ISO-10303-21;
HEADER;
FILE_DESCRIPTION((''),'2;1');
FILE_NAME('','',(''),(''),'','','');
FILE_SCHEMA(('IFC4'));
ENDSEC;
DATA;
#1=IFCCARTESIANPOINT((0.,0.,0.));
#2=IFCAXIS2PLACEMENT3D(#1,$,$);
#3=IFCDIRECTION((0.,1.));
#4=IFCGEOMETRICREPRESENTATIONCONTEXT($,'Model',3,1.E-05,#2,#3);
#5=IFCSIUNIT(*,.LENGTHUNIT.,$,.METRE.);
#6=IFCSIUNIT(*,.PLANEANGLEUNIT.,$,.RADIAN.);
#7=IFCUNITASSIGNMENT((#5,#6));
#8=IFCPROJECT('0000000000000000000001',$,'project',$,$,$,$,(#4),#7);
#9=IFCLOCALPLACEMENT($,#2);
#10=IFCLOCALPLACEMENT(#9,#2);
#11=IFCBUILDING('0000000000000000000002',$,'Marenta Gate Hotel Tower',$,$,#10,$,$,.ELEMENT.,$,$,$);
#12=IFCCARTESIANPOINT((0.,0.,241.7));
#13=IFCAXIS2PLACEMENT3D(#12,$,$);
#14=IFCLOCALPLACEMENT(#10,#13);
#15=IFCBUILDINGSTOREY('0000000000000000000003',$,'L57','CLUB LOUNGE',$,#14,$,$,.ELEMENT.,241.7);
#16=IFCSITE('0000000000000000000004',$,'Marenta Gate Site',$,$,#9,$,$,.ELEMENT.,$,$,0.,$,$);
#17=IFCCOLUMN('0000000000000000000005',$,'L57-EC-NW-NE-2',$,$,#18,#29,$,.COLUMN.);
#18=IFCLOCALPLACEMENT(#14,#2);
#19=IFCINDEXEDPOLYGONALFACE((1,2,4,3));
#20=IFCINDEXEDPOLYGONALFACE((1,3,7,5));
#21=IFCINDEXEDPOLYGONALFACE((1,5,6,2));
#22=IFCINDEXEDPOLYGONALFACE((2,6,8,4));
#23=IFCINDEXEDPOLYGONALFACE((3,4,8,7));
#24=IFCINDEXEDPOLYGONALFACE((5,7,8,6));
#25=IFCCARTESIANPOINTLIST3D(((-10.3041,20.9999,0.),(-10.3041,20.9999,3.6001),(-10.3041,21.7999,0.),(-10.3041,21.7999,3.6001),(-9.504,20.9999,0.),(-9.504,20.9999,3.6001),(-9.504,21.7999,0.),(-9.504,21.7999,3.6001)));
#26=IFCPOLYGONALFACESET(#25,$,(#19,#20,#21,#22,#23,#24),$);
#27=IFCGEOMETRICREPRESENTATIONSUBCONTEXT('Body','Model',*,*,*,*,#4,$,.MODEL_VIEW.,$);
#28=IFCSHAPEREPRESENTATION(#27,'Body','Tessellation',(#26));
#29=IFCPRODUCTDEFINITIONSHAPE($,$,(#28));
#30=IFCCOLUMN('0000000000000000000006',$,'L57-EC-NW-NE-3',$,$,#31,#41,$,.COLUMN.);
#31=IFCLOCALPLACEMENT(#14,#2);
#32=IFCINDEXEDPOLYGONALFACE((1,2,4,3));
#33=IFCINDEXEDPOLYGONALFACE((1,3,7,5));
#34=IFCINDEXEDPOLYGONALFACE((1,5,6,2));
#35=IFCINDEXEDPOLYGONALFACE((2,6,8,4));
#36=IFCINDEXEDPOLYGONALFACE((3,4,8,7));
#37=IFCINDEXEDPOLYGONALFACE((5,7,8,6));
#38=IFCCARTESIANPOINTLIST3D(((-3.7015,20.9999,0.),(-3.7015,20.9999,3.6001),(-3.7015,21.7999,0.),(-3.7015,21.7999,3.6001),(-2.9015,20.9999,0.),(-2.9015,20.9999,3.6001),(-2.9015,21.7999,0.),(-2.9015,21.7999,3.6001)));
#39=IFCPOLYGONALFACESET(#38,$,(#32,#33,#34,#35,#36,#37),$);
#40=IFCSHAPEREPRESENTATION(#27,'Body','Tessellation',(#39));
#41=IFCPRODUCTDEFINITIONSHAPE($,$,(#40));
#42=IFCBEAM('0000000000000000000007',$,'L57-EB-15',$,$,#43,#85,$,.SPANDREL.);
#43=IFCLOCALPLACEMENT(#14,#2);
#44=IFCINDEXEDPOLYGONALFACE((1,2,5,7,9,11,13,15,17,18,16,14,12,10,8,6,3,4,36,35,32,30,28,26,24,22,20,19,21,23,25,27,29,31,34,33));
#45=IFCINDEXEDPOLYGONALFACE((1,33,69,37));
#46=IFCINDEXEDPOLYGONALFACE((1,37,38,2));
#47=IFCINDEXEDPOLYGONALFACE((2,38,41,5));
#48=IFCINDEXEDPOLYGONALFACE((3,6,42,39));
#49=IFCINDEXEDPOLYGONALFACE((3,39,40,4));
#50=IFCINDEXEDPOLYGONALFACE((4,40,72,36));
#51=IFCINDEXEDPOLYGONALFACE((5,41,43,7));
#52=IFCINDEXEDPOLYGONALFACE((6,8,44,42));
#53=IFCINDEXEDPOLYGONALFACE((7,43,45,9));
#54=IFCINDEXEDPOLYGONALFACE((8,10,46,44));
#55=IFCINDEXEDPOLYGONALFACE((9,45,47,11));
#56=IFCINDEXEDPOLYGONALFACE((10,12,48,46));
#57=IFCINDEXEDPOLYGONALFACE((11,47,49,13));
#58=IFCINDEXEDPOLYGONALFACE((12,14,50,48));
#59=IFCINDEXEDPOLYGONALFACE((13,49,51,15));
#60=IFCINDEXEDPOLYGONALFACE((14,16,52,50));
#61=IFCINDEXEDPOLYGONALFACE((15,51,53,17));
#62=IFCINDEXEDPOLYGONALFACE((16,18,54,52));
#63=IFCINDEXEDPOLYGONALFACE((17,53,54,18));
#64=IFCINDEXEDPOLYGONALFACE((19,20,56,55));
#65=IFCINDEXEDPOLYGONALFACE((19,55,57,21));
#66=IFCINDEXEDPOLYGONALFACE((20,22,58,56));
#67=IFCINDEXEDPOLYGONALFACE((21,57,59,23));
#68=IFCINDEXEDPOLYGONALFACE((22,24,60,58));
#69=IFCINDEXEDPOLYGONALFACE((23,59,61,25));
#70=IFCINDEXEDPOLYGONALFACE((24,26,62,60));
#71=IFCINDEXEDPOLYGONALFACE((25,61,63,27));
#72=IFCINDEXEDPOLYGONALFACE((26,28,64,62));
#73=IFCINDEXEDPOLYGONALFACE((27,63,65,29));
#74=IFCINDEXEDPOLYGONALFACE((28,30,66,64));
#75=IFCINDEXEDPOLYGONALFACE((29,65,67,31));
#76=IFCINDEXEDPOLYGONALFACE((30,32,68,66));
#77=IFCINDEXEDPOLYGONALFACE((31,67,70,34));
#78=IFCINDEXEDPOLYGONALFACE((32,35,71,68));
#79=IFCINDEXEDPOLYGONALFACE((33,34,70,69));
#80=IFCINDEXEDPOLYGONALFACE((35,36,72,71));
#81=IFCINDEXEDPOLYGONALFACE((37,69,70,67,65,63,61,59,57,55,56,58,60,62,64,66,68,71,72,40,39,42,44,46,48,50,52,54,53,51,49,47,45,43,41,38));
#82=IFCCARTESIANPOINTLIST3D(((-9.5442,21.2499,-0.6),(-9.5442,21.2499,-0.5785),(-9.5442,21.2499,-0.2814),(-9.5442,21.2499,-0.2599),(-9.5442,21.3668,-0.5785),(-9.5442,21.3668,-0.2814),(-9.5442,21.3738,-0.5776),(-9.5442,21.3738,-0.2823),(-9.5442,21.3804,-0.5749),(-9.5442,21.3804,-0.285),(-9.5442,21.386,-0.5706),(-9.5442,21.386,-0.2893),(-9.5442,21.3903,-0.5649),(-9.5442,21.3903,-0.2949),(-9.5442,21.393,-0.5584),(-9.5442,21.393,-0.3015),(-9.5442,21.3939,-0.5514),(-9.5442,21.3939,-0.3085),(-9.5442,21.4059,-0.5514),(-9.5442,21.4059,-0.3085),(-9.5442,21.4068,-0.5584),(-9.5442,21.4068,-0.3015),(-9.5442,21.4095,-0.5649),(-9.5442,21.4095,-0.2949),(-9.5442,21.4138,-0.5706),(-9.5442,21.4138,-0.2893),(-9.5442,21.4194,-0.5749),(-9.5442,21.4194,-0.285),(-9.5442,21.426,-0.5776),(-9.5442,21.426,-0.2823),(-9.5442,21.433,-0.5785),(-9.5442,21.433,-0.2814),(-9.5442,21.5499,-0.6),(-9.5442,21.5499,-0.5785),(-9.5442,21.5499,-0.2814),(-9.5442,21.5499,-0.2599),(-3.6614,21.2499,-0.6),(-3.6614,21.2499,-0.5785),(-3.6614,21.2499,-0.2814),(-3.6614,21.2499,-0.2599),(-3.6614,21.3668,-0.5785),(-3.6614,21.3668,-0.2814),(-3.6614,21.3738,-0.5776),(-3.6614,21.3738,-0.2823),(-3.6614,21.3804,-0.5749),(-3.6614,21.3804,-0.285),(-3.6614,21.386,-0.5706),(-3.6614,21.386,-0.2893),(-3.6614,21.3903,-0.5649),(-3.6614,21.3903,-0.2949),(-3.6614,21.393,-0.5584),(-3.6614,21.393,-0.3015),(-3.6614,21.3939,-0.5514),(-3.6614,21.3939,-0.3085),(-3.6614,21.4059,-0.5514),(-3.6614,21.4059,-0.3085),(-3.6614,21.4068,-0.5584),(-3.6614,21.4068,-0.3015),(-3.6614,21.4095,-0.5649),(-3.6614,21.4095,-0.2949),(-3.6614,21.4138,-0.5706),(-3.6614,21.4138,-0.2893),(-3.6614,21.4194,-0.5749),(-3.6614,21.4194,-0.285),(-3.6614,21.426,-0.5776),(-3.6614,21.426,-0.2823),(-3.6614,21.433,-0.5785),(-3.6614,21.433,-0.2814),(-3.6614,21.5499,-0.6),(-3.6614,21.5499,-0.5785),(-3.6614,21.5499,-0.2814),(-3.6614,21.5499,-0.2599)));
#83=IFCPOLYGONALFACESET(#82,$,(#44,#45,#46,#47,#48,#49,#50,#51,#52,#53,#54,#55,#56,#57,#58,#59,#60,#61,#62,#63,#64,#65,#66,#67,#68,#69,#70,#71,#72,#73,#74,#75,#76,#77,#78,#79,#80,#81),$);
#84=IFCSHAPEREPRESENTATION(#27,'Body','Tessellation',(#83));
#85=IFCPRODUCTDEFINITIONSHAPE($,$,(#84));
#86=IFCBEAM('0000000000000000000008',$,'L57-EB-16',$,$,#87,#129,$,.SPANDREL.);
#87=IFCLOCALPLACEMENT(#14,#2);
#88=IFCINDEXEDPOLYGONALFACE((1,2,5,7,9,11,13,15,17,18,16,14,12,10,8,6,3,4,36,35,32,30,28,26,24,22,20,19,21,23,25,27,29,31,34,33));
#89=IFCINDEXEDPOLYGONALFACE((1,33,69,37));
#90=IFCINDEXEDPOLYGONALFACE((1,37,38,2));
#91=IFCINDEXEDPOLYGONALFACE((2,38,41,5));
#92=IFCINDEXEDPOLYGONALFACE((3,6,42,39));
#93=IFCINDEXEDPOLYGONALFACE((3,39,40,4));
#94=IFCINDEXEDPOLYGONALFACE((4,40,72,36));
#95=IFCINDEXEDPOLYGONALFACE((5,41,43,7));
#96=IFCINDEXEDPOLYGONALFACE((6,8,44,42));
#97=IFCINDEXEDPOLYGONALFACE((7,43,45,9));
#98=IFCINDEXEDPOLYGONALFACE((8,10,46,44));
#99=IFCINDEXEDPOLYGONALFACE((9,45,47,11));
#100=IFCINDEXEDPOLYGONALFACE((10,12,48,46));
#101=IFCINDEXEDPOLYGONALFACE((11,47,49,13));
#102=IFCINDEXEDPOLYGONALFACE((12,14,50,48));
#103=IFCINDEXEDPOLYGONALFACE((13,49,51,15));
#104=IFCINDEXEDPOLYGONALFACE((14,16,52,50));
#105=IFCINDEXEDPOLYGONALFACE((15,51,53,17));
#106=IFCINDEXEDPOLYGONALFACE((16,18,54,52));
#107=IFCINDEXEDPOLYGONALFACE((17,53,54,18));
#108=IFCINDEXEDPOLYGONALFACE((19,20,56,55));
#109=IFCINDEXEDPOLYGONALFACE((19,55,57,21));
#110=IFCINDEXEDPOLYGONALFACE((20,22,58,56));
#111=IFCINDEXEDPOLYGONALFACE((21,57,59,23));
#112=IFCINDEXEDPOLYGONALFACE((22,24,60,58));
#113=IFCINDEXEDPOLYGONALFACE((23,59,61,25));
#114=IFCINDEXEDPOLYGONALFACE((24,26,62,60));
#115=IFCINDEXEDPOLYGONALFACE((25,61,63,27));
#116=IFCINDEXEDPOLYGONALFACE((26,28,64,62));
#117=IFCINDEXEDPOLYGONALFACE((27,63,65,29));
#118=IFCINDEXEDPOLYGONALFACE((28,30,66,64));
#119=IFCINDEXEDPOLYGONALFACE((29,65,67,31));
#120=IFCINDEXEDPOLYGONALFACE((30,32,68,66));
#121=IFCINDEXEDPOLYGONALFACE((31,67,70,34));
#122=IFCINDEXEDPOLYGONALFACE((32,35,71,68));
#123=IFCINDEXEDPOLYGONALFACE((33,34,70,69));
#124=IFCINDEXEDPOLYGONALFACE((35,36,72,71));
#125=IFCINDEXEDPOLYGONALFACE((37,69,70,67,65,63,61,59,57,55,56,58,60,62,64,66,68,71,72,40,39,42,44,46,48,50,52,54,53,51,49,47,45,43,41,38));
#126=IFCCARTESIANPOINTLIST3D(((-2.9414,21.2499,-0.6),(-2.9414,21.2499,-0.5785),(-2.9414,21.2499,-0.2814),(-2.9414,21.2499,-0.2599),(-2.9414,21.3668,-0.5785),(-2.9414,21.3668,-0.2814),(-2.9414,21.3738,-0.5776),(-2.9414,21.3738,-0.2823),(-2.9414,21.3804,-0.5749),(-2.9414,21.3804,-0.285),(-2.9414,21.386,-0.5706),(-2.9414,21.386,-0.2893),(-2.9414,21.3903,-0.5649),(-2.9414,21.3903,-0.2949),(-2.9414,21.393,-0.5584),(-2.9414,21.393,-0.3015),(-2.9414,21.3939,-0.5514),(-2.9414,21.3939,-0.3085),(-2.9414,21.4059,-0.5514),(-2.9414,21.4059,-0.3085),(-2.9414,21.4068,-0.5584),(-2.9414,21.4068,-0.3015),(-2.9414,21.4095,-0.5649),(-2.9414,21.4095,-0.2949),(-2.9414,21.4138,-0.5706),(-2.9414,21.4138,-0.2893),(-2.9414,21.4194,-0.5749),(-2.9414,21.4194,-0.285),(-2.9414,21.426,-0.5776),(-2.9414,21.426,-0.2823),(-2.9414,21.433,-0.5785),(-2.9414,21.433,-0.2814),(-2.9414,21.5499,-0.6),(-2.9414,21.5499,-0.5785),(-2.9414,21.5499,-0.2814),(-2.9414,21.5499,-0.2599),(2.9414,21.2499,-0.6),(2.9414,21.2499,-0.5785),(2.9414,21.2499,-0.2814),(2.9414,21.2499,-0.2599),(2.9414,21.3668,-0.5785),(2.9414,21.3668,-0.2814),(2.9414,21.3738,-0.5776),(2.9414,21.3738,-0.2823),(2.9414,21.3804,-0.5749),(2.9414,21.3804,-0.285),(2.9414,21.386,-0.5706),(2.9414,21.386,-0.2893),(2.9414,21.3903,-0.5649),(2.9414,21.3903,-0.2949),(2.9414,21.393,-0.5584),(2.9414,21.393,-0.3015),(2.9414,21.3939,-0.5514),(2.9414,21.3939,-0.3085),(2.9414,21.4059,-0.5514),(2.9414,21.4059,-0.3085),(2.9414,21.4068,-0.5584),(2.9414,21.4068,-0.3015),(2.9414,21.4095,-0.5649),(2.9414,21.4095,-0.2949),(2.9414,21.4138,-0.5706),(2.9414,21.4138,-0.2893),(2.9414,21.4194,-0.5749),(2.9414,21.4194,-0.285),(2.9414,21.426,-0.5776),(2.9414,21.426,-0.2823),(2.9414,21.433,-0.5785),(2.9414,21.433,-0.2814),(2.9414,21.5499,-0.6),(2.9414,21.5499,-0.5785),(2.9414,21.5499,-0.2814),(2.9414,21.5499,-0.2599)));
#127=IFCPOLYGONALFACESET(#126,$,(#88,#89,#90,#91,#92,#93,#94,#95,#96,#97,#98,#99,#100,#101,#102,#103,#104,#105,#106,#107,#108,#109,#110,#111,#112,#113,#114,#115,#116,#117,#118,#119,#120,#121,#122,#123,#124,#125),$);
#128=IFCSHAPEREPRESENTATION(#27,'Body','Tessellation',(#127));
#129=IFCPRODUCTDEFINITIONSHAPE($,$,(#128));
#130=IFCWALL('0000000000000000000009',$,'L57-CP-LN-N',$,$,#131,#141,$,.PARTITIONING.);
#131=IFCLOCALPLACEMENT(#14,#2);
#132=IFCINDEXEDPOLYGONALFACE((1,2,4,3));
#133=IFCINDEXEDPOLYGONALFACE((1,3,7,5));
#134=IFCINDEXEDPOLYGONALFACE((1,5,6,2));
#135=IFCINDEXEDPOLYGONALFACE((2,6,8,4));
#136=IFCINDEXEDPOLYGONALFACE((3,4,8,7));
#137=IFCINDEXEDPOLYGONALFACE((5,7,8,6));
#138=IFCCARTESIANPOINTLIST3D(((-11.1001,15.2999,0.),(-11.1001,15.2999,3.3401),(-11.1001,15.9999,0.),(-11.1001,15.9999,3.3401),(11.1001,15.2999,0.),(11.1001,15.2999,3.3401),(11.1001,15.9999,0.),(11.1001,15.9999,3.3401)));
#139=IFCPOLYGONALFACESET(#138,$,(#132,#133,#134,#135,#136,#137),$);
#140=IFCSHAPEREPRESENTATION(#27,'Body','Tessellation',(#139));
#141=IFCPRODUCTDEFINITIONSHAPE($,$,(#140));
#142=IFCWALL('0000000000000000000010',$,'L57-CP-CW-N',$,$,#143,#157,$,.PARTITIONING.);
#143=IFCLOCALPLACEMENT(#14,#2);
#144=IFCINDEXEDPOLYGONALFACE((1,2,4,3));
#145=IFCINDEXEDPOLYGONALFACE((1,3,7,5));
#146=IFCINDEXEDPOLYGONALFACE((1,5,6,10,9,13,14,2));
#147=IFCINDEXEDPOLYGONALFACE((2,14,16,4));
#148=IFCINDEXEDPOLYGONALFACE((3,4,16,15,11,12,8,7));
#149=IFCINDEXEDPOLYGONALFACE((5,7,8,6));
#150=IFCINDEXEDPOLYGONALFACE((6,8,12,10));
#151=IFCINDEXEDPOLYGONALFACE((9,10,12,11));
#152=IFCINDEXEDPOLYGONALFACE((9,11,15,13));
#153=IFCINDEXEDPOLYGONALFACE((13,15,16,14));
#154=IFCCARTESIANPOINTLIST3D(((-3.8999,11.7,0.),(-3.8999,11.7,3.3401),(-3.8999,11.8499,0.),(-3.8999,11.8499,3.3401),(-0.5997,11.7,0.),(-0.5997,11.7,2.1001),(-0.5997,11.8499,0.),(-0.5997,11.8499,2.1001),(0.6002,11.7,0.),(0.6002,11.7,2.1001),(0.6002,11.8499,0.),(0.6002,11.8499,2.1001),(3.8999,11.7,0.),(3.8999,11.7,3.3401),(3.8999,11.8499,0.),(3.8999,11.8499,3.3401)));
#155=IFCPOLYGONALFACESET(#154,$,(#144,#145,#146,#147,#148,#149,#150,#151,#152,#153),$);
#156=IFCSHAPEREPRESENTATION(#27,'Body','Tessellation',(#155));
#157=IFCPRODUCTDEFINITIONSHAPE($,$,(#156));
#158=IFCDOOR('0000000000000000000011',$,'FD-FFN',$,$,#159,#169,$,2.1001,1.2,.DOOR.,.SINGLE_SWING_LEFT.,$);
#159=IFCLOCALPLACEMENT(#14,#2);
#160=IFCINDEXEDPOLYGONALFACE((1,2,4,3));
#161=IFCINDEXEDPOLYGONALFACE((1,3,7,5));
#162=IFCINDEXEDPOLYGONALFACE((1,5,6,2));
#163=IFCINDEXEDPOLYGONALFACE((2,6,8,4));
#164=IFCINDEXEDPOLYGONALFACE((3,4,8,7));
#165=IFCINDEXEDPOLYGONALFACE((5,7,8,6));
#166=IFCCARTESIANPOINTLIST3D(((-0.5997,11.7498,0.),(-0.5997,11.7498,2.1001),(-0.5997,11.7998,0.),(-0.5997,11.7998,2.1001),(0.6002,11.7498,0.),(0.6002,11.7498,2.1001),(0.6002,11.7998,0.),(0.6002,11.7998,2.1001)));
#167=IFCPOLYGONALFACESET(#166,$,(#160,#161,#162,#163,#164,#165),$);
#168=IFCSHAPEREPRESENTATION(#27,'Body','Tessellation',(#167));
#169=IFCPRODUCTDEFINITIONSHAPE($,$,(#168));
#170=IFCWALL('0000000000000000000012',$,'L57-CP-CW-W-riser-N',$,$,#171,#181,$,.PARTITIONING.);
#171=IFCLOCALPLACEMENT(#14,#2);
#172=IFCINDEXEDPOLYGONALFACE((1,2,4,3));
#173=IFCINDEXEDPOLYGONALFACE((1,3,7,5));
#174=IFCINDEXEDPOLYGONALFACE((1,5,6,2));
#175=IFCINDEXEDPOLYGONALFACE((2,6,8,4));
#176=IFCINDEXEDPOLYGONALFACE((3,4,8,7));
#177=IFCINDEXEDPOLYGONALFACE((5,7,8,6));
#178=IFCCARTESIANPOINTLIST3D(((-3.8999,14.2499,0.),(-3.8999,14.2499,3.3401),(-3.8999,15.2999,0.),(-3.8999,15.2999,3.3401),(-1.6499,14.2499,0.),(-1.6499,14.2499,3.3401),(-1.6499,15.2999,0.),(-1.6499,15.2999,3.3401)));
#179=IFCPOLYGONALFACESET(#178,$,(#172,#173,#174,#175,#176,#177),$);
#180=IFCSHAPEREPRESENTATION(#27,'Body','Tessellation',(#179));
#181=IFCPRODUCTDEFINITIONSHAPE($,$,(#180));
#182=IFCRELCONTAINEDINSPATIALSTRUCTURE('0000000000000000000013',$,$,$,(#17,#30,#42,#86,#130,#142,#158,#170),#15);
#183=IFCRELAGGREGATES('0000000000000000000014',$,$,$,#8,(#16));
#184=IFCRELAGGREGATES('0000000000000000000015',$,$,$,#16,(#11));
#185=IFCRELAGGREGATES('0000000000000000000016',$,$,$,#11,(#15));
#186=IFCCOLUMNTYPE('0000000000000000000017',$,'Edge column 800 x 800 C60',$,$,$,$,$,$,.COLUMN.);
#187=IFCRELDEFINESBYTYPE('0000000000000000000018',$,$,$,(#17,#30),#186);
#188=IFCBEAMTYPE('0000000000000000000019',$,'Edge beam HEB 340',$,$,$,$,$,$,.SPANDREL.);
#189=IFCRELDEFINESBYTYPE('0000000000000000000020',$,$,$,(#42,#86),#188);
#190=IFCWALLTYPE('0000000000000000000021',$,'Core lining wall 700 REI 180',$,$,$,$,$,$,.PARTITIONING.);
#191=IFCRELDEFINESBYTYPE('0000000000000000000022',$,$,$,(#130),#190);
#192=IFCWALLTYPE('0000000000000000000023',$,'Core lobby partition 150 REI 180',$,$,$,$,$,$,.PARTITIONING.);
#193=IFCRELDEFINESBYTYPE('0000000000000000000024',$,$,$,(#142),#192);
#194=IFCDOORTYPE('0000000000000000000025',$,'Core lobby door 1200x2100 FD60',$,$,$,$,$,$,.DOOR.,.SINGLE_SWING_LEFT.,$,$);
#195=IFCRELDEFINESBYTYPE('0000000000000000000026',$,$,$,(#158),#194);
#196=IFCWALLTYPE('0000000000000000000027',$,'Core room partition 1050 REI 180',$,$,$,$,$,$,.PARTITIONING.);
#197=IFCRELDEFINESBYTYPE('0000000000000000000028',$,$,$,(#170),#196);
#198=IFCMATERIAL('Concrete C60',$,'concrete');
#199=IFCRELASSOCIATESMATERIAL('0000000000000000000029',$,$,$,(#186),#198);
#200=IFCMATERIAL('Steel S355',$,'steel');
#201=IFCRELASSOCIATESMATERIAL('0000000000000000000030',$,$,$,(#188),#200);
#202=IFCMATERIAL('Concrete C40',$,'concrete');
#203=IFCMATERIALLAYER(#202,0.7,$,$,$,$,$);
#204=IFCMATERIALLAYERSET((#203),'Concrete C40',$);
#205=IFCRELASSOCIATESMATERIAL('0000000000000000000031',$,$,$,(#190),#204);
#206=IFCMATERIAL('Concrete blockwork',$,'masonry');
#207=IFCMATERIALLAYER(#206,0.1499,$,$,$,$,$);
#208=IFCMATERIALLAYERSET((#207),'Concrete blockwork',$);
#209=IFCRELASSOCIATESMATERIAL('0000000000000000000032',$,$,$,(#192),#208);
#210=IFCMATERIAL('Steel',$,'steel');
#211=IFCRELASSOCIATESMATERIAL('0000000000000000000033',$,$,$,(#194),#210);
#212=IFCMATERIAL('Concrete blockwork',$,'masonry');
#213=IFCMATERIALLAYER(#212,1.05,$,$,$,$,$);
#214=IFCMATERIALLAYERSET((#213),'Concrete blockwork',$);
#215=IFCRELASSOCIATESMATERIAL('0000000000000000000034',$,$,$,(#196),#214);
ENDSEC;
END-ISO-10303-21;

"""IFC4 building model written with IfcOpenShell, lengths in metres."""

from ifc_helpers import new_model, si_unit, direction, frame, frame_2d, origin, origin_2d, place, context, subcontext, project, spatial, rectangle, i_section, extrude, material, layer, layer_set, material_profile, profile_set, type_object, element, fill, save


model = new_model("IFC4")

# Units and contexts
model_context = context("Model", 3, precision=1e-05, world=origin(), true_north=direction((0.0, 1.0)))
body_context = subcontext(model_context, "Body", "Model", "MODEL_VIEW")
ifc_project = project(units=[si_unit("LENGTHUNIT", "METRE"), si_unit("PLANEANGLEUNIT", "RADIAN")], contexts=[model_context])

# Site, building, storey
site_placement = place(None, origin())
site = spatial("IfcSite", under=ifc_project, at=site_placement, Name="Marenta Gate Site", CompositionType="ELEMENT", RefElevation=0.0)
building_placement = place(site_placement, origin())
building = spatial("IfcBuilding", under=site, at=building_placement, Name="Marenta Gate Hotel Tower", CompositionType="ELEMENT")
storey_placement = place(building_placement, frame((0.0, 0.0, 241.7)))
storey = spatial("IfcBuildingStorey", under=building, at=storey_placement, Name="L57", Description="CLUB LOUNGE", CompositionType="ELEMENT", Elevation=241.7)

# Columns
ifc_material_1 = material(Name="Concrete C60", Category="concrete")
ifc_material_profile_1 = material_profile(ifc_material_1, rectangle(XDim=0.8, YDim=0.8, at=origin_2d()), Name="800 x 800")
ifc_profile_set_1 = profile_set([ifc_material_profile_1], Name="Concrete C60")
column_type = type_object("IfcColumnType", Name="Edge column 800 x 800 C60", PredefinedType="COLUMN", material=ifc_profile_set_1)
for number, where, z_axis, x_axis, name in (
    (1, (-9.9041, 21.3999, 0.0), (0.0, 0.0, 1.0), (1.0, 0.0, 0.0), "L57-EC-NW-NE-2"),
    (2, (-3.3015, 21.3999, 0.0), (0.0, 0.0, 1.0), (1.0, 0.0, 0.0), "L57-EC-NW-NE-3"),
):
    element("IfcColumn", number, at=place(storey_placement, frame(where, z_axis=z_axis, x_axis=x_axis)), inside=storey, type_object=column_type, Name=name, PredefinedType="COLUMN", context=body_context, shape_type="SweptSolid", body=[
        extrude(rectangle(XDim=0.8, YDim=0.8, at=origin_2d()), origin(), (0.0, 0.0, 1.0), 3.6001),
    ])

# Beams
ifc_material_2 = material(Name="Steel S355", Category="steel")
ifc_material_profile_2 = material_profile(ifc_material_2, i_section(OverallWidth=0.3, OverallDepth=0.3401, WebThickness=0.012, FlangeThickness=0.0215, FilletRadius=0.0271, at=origin_2d()), Name="HEB 340")
ifc_profile_set_2 = profile_set([ifc_material_profile_2], Name="Steel S355")
beam_type = type_object("IfcBeamType", Name="Edge beam HEB 340", PredefinedType="SPANDREL", material=ifc_profile_set_2)
for number, where, z_axis, x_axis, name in (
    (3, (-9.5442, 21.3999, -0.4299), (1.0, 0.0, 0.0), (0.0, 1.0, 0.0), "L57-EB-15"),
    (4, (-2.9414, 21.3999, -0.4299), (1.0, 0.0, 0.0), (0.0, 1.0, 0.0), "L57-EB-16"),
):
    element("IfcBeam", number, at=place(storey_placement, frame(where, z_axis=z_axis, x_axis=x_axis)), inside=storey, type_object=beam_type, Name=name, PredefinedType="SPANDREL", context=body_context, shape_type="SweptSolid", body=[
        extrude(i_section(OverallWidth=0.3, OverallDepth=0.3401, WebThickness=0.012, FlangeThickness=0.0215, FilletRadius=0.0271, at=origin_2d()), origin(), (0.0, 0.0, 1.0), 5.8828),
    ])

# Wall
ifc_material_3 = material(Name="Concrete C40", Category="concrete")
ifc_layer_1 = layer(ifc_material_3, 0.7)
ifc_layer_set_1 = layer_set([ifc_layer_1], Name="Concrete C40")
wall_type_1 = type_object("IfcWallType", Name="Core lining wall 700 REI 180", PredefinedType="PARTITIONING", material=ifc_layer_set_1)
wall_1_placement = place(storey_placement, frame((-11.1001, 15.6499, 0.0), z_axis=(0.0, 0.0, 1.0), x_axis=(1.0, 0.0, 0.0)))
element("IfcWall", 5, at=wall_1_placement, inside=storey, type_object=wall_type_1, Name="L57-CP-LN-N", PredefinedType="PARTITIONING", context=body_context, shape_type="SweptSolid", body=[
    extrude(rectangle(XDim=22.2002, YDim=0.7, at=frame_2d((11.1001, 0.0))), origin(), (0.0, 0.0, 1.0), 3.3401),
])

# Wall, opening, door
ifc_material_4 = material(Name="Concrete blockwork", Category="masonry")
ifc_layer_2 = layer(ifc_material_4, 0.1499)
ifc_layer_set_2 = layer_set([ifc_layer_2], Name="Concrete blockwork")
wall_type_2 = type_object("IfcWallType", Name="Core lobby partition 150 REI 180", PredefinedType="PARTITIONING", material=ifc_layer_set_2)
wall_2_placement = place(storey_placement, frame((-3.8999, 11.7749, 0.0), z_axis=(0.0, 0.0, 1.0), x_axis=(1.0, 0.0, 0.0)))
wall_2 = element("IfcWall", 6, at=wall_2_placement, inside=storey, type_object=wall_type_2, Name="L57-CP-CW-N", PredefinedType="PARTITIONING", context=body_context, shape_type="SweptSolid", body=[
    extrude(rectangle(XDim=7.7998, YDim=0.1499, at=frame_2d((3.8999, 0.0))), origin(), (0.0, 0.0, 1.0), 3.3401),
])
opening_1_placement = place(wall_2_placement, frame((3.3, 0.0, 0.0)))
opening_1 = element("IfcOpeningElement", 7, at=opening_1_placement, cuts=wall_2, PredefinedType="OPENING", context=body_context, shape_type="SweptSolid", body=[
    extrude(rectangle(XDim=1.2, YDim=2.1001, at=frame_2d((0.6001, 1.05))), frame((0.0, 0.075, 0.0), z_axis=(0.0, -1.0, 0.0), x_axis=(1.0, 0.0, 0.0)), (0.0, 0.0, 1.0), 0.1499),
])
ifc_material_5 = material(Name="Steel", Category="steel")
door_type_1 = type_object("IfcDoorType", Name="Core lobby door 1200x2100 FD60", OperationType="SINGLE_SWING_LEFT", PredefinedType="DOOR", material=ifc_material_5)
door_1_placement = place(opening_1_placement, origin())
door_1 = element("IfcDoor", 8, at=door_1_placement, inside=storey, type_object=door_type_1, Name="FD-FFN", OperationType="SINGLE_SWING_LEFT", OverallHeight=2.1001, OverallWidth=1.2, PredefinedType="DOOR", context=body_context, shape_type="SweptSolid", body=[
    extrude(rectangle(XDim=1.2, YDim=2.1001, at=frame_2d((0.6001, 1.05))), frame((0.0, 0.0249, 0.0), z_axis=(0.0, -1.0, 0.0), x_axis=(1.0, 0.0, 0.0)), (0.0, 0.0, 1.0), 0.05),
])
fill(opening_1, door_1)

# Wall
ifc_material_6 = material(Name="Concrete blockwork", Category="masonry")
ifc_layer_3 = layer(ifc_material_6, 1.05)
ifc_layer_set_3 = layer_set([ifc_layer_3], Name="Concrete blockwork")
wall_type_3 = type_object("IfcWallType", Name="Core room partition 1050 REI 180", PredefinedType="PARTITIONING", material=ifc_layer_set_3)
wall_3_placement = place(storey_placement, frame((-3.8999, 14.7749, 0.0), z_axis=(0.0, 0.0, 1.0), x_axis=(1.0, 0.0, 0.0)))
element("IfcWall", 9, at=wall_3_placement, inside=storey, type_object=wall_type_3, Name="L57-CP-CW-W-riser-N", PredefinedType="PARTITIONING", context=body_context, shape_type="SweptSolid", body=[
    extrude(rectangle(XDim=2.25, YDim=1.05, at=frame_2d((1.125, 0.0))), origin(), (0.0, 0.0, 1.0), 3.3401),
])

save(model, "model.ifc")
